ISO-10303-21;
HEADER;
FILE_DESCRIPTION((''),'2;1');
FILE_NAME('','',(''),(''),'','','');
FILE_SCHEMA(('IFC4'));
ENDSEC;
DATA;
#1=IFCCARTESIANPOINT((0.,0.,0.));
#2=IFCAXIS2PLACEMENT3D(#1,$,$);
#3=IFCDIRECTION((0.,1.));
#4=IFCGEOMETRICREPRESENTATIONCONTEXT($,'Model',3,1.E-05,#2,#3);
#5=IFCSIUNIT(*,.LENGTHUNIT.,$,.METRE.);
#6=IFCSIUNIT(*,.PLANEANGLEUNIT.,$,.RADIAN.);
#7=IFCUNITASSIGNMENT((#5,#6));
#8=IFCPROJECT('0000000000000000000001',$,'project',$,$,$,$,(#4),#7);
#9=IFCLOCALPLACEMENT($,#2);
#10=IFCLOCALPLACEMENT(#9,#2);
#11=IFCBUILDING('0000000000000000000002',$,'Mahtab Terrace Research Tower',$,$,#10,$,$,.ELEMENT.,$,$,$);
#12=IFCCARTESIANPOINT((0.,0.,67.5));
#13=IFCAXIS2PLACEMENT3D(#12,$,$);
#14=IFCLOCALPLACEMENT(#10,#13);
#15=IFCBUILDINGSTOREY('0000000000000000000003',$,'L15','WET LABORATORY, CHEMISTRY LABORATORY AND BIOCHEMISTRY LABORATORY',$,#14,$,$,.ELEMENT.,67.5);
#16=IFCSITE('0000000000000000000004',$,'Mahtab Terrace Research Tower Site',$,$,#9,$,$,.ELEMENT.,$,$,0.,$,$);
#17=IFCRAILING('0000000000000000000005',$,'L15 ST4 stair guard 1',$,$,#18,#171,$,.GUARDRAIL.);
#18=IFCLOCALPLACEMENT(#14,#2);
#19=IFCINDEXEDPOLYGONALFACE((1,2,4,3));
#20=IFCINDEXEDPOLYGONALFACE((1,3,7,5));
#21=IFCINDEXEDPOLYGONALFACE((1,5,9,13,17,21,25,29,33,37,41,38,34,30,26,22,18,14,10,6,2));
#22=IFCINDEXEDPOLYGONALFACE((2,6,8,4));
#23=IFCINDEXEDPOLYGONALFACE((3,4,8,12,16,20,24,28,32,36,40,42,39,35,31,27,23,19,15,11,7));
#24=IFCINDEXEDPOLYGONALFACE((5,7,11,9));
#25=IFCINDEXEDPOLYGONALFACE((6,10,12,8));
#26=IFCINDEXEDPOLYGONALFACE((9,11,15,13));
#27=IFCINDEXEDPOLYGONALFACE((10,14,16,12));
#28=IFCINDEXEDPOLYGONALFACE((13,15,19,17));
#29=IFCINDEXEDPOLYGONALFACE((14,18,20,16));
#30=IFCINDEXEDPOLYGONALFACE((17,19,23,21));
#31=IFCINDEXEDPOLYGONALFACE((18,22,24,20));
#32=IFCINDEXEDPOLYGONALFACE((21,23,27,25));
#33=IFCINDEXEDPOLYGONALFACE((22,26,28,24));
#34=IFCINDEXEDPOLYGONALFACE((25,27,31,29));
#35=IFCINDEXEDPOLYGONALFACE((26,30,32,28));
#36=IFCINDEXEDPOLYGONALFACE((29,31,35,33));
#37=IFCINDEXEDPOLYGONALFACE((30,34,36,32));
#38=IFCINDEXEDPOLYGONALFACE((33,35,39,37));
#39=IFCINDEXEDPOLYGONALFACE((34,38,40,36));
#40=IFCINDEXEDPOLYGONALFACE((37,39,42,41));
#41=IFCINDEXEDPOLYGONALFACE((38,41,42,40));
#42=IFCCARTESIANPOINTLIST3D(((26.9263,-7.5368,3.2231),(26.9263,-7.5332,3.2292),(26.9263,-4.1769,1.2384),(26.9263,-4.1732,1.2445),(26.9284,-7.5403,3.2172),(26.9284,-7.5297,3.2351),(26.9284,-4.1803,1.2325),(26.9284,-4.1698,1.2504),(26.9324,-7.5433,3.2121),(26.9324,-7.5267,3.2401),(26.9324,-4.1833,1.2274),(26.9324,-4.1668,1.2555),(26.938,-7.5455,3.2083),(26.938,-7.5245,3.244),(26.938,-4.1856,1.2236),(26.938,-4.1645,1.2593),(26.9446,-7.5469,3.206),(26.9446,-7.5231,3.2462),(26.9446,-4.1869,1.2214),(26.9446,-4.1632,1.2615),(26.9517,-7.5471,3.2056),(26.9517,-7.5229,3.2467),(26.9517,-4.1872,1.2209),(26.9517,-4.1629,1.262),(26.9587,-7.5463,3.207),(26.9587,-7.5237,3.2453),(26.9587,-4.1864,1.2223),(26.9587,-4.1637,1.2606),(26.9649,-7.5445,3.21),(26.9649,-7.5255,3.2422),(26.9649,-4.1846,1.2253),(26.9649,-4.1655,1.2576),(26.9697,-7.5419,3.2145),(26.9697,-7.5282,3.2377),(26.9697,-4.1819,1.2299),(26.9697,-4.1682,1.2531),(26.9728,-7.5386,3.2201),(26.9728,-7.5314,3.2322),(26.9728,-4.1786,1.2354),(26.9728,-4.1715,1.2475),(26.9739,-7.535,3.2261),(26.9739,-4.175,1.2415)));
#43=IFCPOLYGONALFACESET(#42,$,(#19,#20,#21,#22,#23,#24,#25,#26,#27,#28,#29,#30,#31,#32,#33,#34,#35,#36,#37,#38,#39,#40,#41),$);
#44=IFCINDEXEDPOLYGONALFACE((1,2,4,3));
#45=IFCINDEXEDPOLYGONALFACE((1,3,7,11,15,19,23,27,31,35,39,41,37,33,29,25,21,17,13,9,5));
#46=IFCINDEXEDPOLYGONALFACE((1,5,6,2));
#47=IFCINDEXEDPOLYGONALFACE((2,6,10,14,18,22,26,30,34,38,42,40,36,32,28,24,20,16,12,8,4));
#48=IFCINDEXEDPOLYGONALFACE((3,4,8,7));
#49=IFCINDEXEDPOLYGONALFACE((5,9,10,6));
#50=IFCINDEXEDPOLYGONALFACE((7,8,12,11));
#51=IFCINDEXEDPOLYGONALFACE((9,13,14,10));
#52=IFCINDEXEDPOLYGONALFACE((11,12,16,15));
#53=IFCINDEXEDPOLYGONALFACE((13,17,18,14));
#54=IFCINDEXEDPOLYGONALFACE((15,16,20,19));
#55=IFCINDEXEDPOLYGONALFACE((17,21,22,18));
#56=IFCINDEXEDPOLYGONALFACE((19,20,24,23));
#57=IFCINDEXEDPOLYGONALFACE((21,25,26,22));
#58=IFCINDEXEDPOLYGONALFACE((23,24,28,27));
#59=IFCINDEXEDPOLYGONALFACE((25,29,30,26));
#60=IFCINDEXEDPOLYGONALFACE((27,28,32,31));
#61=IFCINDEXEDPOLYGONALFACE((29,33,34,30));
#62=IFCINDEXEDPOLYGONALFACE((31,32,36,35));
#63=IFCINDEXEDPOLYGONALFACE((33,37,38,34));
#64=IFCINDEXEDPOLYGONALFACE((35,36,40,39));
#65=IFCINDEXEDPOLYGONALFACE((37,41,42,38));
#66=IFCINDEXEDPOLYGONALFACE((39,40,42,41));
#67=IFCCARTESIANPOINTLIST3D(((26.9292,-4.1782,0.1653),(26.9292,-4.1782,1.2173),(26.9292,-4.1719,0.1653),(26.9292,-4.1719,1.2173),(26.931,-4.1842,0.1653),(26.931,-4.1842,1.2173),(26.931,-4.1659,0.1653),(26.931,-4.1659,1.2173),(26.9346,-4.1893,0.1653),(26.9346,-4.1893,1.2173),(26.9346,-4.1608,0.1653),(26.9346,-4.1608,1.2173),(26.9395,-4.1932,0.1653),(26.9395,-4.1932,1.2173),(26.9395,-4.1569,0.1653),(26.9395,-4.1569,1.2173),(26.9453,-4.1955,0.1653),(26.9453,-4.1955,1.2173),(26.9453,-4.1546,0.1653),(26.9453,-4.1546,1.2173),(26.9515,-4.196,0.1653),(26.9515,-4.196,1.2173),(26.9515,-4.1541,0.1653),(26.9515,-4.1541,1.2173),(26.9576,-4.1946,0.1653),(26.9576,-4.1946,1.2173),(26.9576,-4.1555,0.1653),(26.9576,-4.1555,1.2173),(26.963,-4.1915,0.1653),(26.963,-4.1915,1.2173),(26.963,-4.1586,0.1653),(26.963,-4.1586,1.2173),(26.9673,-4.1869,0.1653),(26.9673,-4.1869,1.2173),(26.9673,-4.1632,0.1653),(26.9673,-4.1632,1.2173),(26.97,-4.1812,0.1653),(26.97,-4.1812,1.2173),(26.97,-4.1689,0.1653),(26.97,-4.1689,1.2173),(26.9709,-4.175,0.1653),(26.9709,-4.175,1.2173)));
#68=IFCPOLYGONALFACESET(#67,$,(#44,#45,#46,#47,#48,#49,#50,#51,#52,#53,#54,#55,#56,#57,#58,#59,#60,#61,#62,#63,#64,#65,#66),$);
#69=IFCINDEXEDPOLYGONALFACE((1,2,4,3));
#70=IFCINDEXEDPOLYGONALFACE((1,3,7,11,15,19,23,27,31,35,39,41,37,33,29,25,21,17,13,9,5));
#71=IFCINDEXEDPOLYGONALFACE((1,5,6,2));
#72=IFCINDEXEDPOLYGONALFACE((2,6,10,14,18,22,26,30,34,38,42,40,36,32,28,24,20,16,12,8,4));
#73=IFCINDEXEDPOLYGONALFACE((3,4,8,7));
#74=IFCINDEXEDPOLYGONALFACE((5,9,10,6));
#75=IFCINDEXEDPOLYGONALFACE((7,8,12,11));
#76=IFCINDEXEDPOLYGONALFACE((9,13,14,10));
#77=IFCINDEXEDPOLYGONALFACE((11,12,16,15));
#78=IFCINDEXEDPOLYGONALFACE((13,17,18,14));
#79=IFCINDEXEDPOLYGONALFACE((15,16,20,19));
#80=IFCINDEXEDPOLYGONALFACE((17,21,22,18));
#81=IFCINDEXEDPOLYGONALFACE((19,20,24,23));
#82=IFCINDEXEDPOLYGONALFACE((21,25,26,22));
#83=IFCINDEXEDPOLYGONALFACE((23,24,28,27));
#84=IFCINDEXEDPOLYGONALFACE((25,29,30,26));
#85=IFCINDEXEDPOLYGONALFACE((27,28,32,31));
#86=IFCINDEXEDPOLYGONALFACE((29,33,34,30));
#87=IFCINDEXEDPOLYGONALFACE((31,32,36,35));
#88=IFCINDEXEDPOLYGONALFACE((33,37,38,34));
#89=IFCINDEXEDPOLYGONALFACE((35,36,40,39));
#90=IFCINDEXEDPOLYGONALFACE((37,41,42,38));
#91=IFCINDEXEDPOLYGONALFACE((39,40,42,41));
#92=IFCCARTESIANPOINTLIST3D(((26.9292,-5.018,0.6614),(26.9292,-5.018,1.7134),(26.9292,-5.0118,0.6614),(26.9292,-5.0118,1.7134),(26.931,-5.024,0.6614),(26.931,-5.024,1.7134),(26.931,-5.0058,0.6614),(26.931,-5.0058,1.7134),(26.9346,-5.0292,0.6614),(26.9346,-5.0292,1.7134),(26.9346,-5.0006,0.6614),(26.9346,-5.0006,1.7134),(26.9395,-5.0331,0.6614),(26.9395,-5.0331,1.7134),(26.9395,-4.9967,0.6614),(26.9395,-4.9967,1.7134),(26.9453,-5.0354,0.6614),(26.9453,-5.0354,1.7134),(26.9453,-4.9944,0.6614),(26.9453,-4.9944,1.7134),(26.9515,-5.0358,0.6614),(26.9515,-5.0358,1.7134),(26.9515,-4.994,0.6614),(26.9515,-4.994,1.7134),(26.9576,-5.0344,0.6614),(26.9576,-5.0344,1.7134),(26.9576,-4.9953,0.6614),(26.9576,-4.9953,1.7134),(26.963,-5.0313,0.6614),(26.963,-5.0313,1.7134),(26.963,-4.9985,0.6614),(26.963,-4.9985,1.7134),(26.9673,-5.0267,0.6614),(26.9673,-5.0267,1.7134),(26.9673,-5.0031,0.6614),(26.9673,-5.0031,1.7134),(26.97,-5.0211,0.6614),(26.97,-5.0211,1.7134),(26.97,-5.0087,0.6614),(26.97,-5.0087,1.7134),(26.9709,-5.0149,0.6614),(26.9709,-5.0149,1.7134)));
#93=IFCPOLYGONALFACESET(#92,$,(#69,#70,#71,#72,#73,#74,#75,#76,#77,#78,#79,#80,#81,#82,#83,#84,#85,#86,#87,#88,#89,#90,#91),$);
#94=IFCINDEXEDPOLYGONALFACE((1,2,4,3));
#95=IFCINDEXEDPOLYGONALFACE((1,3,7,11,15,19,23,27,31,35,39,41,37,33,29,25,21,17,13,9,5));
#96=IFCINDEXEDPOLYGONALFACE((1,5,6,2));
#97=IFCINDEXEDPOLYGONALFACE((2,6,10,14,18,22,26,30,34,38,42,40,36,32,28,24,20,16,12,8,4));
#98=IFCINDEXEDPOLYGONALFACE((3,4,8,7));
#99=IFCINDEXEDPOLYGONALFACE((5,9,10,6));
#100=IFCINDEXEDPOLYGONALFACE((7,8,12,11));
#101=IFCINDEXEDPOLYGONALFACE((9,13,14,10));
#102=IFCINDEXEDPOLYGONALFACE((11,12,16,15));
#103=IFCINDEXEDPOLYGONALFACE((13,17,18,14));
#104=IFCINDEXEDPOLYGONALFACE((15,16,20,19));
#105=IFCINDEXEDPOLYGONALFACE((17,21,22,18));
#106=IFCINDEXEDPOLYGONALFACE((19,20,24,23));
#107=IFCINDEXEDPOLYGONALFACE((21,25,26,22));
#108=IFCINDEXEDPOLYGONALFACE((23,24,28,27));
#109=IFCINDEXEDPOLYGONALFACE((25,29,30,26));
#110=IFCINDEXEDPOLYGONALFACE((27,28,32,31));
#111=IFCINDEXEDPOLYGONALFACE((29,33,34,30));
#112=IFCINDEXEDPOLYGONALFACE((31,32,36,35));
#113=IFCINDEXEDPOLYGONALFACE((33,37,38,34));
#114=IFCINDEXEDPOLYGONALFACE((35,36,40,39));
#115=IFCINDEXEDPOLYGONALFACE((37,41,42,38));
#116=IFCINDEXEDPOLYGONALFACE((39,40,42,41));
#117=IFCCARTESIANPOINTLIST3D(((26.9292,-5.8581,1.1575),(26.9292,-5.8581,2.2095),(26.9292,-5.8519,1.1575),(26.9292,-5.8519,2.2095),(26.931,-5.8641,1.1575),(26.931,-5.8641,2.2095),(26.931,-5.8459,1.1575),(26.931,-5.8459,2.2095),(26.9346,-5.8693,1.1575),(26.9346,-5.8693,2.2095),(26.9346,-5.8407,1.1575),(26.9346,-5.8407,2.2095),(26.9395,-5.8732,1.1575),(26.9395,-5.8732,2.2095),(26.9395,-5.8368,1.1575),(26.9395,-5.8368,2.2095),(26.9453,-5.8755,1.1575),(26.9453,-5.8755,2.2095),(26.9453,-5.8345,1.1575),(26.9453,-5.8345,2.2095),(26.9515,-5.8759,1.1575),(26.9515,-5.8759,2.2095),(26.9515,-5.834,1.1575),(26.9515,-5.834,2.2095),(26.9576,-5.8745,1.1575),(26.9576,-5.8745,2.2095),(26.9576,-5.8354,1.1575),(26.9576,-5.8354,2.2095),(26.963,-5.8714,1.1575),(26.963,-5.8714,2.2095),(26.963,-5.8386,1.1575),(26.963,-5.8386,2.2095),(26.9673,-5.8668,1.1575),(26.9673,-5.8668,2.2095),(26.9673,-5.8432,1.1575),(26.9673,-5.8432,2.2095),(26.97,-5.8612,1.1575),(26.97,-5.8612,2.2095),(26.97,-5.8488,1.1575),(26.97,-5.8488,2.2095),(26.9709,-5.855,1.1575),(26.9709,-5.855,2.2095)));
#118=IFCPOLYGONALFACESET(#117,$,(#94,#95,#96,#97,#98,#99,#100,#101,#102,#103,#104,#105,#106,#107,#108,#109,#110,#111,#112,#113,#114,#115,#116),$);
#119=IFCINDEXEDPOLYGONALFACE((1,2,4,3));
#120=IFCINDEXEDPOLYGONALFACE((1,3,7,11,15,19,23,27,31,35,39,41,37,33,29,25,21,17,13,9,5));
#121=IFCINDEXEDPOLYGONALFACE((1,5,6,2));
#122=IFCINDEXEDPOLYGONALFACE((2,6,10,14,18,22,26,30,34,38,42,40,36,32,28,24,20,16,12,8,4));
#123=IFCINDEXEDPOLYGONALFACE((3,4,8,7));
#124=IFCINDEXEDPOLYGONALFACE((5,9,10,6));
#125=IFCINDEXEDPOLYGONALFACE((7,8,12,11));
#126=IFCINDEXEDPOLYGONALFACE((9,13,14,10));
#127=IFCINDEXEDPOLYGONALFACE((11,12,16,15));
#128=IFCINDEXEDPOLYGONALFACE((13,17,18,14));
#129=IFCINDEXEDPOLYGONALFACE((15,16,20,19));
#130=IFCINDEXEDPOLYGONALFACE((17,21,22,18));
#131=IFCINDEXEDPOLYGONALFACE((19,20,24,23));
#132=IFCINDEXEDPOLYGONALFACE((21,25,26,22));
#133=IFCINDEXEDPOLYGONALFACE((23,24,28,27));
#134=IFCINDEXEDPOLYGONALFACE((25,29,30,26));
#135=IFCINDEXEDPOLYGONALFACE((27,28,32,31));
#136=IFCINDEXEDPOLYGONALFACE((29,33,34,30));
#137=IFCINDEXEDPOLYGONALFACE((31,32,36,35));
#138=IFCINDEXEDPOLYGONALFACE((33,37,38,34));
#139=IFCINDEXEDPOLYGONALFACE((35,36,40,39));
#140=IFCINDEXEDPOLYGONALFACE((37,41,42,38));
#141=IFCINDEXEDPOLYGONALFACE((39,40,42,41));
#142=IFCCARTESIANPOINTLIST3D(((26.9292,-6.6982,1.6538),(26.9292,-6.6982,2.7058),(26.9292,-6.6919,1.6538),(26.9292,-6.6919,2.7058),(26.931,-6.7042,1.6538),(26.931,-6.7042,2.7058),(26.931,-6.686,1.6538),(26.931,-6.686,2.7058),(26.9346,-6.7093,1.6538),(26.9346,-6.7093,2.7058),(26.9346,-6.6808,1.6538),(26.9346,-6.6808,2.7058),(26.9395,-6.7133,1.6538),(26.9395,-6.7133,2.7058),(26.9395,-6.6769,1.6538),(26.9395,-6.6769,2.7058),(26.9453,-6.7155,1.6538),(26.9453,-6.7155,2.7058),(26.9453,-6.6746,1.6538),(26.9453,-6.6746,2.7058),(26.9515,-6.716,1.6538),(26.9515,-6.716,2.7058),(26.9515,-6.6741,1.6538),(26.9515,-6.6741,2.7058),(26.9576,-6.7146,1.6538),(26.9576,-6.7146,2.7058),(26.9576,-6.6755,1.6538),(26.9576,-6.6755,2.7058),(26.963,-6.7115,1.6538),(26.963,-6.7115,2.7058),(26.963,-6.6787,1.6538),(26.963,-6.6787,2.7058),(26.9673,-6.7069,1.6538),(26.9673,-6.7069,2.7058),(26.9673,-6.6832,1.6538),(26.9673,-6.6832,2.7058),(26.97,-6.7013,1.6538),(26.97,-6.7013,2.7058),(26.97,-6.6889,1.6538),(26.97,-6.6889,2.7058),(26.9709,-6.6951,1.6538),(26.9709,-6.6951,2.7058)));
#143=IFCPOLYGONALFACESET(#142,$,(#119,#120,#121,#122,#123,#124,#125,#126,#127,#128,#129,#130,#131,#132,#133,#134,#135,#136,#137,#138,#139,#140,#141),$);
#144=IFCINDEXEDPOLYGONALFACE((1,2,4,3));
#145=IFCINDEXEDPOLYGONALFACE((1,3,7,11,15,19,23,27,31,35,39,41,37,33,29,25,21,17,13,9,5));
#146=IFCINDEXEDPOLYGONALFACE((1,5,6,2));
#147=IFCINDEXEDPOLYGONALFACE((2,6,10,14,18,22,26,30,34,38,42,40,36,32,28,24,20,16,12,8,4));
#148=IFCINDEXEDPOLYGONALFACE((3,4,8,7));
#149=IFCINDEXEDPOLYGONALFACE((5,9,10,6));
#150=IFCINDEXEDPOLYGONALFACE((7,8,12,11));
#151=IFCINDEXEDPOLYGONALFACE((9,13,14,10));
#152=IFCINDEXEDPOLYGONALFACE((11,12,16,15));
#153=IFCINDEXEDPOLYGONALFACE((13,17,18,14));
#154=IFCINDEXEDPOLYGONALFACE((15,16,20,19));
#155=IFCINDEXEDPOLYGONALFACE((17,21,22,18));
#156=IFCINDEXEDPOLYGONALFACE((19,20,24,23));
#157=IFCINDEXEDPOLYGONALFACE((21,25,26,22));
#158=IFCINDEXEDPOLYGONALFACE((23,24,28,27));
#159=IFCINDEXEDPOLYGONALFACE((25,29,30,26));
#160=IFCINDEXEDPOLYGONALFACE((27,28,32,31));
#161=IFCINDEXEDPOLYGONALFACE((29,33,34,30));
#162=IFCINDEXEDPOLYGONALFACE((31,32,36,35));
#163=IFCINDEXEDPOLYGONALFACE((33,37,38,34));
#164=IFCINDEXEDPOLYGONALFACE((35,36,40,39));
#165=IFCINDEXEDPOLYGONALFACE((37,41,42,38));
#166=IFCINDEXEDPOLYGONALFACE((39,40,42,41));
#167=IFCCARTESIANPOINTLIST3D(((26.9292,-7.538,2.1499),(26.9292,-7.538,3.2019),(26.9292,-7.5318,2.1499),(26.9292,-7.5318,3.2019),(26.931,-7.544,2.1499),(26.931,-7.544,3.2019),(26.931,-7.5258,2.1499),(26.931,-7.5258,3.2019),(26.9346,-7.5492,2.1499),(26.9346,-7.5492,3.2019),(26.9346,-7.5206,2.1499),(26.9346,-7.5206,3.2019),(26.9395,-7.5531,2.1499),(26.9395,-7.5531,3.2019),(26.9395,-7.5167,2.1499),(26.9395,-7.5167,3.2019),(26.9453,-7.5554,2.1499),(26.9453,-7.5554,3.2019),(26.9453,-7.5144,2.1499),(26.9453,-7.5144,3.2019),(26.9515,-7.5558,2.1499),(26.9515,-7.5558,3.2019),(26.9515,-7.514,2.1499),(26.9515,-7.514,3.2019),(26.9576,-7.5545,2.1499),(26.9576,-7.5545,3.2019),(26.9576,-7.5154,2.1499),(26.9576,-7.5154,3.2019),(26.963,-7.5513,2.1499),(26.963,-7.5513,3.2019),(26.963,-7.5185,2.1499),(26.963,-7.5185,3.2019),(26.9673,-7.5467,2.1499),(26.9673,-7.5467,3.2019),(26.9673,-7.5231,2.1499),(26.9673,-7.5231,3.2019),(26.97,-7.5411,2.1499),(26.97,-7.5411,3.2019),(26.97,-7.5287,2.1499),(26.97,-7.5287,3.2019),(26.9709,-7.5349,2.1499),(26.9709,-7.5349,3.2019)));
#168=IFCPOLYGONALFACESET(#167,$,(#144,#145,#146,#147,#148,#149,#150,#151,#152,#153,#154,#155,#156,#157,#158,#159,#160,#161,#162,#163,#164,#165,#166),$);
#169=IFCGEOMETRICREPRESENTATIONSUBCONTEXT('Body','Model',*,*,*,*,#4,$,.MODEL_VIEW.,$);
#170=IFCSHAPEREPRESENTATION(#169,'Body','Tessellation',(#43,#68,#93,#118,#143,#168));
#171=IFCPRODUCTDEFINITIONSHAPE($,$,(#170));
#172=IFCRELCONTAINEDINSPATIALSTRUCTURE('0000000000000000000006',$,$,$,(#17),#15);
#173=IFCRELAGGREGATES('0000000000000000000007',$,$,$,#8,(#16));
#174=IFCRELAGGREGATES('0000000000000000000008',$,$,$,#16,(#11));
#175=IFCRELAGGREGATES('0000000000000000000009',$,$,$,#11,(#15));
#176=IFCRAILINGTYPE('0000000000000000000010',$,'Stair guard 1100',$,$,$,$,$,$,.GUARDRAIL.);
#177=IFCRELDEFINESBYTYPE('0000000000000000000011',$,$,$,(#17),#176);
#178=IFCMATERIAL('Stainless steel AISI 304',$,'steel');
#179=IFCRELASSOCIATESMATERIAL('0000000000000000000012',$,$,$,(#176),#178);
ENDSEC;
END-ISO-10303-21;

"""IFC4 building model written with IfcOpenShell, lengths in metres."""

from ifc_helpers import new_model, si_unit, direction, frame, origin, origin_2d, place, context, subcontext, project, spatial, circle, extrude, material, type_object, element, save


model = new_model("IFC4")

# Units and contexts
model_context = context("Model", 3, precision=1e-05, world=origin(), true_north=direction((0.0, 1.0)))
body_context = subcontext(model_context, "Body", "Model", "MODEL_VIEW")
ifc_project = project(units=[si_unit("LENGTHUNIT", "METRE"), si_unit("PLANEANGLEUNIT", "RADIAN")], contexts=[model_context])

# Site, building, storey
site_placement = place(None, origin())
site = spatial("IfcSite", under=ifc_project, at=site_placement, Name="Mahtab Terrace Research Tower Site", CompositionType="ELEMENT", RefElevation=0.0)
building_placement = place(site_placement, origin())
building = spatial("IfcBuilding", under=site, at=building_placement, Name="Mahtab Terrace Research Tower", CompositionType="ELEMENT")
storey_placement = place(building_placement, frame((0.0, 0.0, 67.5)))
storey = spatial("IfcBuildingStorey", under=building, at=storey_placement, Name="L15", Description="WET LABORATORY, CHEMISTRY LABORATORY AND BIOCHEMISTRY LABORATORY", CompositionType="ELEMENT", Elevation=67.5)

# Railing
ifc_material_1 = material(Name="Stainless steel AISI 304", Category="steel")
railing_type_1 = type_object("IfcRailingType", Name="Stair guard 1100", PredefinedType="GUARDRAIL", material=ifc_material_1)
railing_1_placement = place(storey_placement, frame((26.95, -4.175, 0.1653)))
element("IfcRailing", 1, at=railing_1_placement, inside=storey, type_object=railing_type_1, Name="L15 ST4 stair guard 1", PredefinedType="GUARDRAIL", context=body_context, shape_type="SweptSolid", body=[
    extrude(circle(Radius=0.0239, at=origin_2d()), frame((0.0, 0.0, 1.0762), z_axis=(0.0, -0.861011, 0.508586), x_axis=(1.0, 0.0, 0.0)), (0.0, 0.0, 1.0), 3.9023),
    extrude(circle(Radius=0.021, at=origin_2d()), origin(), (0.0, 0.0, 1.0), 1.052),
    extrude(circle(Radius=0.021, at=origin_2d()), frame((0.0, -0.8398, 0.4961)), (0.0, 0.0, 1.0), 1.052),
    extrude(circle(Radius=0.021, at=origin_2d()), frame((0.0, -1.6799, 0.9922)), (0.0, 0.0, 1.0), 1.052),
    extrude(circle(Radius=0.021, at=origin_2d()), frame((0.0, -2.52, 1.4885)), (0.0, 0.0, 1.0), 1.052),
    extrude(circle(Radius=0.021, at=origin_2d()), frame((0.0, -3.3599, 1.9846)), (0.0, 0.0, 1.0), 1.052),
])

save(model, "model.ifc")
